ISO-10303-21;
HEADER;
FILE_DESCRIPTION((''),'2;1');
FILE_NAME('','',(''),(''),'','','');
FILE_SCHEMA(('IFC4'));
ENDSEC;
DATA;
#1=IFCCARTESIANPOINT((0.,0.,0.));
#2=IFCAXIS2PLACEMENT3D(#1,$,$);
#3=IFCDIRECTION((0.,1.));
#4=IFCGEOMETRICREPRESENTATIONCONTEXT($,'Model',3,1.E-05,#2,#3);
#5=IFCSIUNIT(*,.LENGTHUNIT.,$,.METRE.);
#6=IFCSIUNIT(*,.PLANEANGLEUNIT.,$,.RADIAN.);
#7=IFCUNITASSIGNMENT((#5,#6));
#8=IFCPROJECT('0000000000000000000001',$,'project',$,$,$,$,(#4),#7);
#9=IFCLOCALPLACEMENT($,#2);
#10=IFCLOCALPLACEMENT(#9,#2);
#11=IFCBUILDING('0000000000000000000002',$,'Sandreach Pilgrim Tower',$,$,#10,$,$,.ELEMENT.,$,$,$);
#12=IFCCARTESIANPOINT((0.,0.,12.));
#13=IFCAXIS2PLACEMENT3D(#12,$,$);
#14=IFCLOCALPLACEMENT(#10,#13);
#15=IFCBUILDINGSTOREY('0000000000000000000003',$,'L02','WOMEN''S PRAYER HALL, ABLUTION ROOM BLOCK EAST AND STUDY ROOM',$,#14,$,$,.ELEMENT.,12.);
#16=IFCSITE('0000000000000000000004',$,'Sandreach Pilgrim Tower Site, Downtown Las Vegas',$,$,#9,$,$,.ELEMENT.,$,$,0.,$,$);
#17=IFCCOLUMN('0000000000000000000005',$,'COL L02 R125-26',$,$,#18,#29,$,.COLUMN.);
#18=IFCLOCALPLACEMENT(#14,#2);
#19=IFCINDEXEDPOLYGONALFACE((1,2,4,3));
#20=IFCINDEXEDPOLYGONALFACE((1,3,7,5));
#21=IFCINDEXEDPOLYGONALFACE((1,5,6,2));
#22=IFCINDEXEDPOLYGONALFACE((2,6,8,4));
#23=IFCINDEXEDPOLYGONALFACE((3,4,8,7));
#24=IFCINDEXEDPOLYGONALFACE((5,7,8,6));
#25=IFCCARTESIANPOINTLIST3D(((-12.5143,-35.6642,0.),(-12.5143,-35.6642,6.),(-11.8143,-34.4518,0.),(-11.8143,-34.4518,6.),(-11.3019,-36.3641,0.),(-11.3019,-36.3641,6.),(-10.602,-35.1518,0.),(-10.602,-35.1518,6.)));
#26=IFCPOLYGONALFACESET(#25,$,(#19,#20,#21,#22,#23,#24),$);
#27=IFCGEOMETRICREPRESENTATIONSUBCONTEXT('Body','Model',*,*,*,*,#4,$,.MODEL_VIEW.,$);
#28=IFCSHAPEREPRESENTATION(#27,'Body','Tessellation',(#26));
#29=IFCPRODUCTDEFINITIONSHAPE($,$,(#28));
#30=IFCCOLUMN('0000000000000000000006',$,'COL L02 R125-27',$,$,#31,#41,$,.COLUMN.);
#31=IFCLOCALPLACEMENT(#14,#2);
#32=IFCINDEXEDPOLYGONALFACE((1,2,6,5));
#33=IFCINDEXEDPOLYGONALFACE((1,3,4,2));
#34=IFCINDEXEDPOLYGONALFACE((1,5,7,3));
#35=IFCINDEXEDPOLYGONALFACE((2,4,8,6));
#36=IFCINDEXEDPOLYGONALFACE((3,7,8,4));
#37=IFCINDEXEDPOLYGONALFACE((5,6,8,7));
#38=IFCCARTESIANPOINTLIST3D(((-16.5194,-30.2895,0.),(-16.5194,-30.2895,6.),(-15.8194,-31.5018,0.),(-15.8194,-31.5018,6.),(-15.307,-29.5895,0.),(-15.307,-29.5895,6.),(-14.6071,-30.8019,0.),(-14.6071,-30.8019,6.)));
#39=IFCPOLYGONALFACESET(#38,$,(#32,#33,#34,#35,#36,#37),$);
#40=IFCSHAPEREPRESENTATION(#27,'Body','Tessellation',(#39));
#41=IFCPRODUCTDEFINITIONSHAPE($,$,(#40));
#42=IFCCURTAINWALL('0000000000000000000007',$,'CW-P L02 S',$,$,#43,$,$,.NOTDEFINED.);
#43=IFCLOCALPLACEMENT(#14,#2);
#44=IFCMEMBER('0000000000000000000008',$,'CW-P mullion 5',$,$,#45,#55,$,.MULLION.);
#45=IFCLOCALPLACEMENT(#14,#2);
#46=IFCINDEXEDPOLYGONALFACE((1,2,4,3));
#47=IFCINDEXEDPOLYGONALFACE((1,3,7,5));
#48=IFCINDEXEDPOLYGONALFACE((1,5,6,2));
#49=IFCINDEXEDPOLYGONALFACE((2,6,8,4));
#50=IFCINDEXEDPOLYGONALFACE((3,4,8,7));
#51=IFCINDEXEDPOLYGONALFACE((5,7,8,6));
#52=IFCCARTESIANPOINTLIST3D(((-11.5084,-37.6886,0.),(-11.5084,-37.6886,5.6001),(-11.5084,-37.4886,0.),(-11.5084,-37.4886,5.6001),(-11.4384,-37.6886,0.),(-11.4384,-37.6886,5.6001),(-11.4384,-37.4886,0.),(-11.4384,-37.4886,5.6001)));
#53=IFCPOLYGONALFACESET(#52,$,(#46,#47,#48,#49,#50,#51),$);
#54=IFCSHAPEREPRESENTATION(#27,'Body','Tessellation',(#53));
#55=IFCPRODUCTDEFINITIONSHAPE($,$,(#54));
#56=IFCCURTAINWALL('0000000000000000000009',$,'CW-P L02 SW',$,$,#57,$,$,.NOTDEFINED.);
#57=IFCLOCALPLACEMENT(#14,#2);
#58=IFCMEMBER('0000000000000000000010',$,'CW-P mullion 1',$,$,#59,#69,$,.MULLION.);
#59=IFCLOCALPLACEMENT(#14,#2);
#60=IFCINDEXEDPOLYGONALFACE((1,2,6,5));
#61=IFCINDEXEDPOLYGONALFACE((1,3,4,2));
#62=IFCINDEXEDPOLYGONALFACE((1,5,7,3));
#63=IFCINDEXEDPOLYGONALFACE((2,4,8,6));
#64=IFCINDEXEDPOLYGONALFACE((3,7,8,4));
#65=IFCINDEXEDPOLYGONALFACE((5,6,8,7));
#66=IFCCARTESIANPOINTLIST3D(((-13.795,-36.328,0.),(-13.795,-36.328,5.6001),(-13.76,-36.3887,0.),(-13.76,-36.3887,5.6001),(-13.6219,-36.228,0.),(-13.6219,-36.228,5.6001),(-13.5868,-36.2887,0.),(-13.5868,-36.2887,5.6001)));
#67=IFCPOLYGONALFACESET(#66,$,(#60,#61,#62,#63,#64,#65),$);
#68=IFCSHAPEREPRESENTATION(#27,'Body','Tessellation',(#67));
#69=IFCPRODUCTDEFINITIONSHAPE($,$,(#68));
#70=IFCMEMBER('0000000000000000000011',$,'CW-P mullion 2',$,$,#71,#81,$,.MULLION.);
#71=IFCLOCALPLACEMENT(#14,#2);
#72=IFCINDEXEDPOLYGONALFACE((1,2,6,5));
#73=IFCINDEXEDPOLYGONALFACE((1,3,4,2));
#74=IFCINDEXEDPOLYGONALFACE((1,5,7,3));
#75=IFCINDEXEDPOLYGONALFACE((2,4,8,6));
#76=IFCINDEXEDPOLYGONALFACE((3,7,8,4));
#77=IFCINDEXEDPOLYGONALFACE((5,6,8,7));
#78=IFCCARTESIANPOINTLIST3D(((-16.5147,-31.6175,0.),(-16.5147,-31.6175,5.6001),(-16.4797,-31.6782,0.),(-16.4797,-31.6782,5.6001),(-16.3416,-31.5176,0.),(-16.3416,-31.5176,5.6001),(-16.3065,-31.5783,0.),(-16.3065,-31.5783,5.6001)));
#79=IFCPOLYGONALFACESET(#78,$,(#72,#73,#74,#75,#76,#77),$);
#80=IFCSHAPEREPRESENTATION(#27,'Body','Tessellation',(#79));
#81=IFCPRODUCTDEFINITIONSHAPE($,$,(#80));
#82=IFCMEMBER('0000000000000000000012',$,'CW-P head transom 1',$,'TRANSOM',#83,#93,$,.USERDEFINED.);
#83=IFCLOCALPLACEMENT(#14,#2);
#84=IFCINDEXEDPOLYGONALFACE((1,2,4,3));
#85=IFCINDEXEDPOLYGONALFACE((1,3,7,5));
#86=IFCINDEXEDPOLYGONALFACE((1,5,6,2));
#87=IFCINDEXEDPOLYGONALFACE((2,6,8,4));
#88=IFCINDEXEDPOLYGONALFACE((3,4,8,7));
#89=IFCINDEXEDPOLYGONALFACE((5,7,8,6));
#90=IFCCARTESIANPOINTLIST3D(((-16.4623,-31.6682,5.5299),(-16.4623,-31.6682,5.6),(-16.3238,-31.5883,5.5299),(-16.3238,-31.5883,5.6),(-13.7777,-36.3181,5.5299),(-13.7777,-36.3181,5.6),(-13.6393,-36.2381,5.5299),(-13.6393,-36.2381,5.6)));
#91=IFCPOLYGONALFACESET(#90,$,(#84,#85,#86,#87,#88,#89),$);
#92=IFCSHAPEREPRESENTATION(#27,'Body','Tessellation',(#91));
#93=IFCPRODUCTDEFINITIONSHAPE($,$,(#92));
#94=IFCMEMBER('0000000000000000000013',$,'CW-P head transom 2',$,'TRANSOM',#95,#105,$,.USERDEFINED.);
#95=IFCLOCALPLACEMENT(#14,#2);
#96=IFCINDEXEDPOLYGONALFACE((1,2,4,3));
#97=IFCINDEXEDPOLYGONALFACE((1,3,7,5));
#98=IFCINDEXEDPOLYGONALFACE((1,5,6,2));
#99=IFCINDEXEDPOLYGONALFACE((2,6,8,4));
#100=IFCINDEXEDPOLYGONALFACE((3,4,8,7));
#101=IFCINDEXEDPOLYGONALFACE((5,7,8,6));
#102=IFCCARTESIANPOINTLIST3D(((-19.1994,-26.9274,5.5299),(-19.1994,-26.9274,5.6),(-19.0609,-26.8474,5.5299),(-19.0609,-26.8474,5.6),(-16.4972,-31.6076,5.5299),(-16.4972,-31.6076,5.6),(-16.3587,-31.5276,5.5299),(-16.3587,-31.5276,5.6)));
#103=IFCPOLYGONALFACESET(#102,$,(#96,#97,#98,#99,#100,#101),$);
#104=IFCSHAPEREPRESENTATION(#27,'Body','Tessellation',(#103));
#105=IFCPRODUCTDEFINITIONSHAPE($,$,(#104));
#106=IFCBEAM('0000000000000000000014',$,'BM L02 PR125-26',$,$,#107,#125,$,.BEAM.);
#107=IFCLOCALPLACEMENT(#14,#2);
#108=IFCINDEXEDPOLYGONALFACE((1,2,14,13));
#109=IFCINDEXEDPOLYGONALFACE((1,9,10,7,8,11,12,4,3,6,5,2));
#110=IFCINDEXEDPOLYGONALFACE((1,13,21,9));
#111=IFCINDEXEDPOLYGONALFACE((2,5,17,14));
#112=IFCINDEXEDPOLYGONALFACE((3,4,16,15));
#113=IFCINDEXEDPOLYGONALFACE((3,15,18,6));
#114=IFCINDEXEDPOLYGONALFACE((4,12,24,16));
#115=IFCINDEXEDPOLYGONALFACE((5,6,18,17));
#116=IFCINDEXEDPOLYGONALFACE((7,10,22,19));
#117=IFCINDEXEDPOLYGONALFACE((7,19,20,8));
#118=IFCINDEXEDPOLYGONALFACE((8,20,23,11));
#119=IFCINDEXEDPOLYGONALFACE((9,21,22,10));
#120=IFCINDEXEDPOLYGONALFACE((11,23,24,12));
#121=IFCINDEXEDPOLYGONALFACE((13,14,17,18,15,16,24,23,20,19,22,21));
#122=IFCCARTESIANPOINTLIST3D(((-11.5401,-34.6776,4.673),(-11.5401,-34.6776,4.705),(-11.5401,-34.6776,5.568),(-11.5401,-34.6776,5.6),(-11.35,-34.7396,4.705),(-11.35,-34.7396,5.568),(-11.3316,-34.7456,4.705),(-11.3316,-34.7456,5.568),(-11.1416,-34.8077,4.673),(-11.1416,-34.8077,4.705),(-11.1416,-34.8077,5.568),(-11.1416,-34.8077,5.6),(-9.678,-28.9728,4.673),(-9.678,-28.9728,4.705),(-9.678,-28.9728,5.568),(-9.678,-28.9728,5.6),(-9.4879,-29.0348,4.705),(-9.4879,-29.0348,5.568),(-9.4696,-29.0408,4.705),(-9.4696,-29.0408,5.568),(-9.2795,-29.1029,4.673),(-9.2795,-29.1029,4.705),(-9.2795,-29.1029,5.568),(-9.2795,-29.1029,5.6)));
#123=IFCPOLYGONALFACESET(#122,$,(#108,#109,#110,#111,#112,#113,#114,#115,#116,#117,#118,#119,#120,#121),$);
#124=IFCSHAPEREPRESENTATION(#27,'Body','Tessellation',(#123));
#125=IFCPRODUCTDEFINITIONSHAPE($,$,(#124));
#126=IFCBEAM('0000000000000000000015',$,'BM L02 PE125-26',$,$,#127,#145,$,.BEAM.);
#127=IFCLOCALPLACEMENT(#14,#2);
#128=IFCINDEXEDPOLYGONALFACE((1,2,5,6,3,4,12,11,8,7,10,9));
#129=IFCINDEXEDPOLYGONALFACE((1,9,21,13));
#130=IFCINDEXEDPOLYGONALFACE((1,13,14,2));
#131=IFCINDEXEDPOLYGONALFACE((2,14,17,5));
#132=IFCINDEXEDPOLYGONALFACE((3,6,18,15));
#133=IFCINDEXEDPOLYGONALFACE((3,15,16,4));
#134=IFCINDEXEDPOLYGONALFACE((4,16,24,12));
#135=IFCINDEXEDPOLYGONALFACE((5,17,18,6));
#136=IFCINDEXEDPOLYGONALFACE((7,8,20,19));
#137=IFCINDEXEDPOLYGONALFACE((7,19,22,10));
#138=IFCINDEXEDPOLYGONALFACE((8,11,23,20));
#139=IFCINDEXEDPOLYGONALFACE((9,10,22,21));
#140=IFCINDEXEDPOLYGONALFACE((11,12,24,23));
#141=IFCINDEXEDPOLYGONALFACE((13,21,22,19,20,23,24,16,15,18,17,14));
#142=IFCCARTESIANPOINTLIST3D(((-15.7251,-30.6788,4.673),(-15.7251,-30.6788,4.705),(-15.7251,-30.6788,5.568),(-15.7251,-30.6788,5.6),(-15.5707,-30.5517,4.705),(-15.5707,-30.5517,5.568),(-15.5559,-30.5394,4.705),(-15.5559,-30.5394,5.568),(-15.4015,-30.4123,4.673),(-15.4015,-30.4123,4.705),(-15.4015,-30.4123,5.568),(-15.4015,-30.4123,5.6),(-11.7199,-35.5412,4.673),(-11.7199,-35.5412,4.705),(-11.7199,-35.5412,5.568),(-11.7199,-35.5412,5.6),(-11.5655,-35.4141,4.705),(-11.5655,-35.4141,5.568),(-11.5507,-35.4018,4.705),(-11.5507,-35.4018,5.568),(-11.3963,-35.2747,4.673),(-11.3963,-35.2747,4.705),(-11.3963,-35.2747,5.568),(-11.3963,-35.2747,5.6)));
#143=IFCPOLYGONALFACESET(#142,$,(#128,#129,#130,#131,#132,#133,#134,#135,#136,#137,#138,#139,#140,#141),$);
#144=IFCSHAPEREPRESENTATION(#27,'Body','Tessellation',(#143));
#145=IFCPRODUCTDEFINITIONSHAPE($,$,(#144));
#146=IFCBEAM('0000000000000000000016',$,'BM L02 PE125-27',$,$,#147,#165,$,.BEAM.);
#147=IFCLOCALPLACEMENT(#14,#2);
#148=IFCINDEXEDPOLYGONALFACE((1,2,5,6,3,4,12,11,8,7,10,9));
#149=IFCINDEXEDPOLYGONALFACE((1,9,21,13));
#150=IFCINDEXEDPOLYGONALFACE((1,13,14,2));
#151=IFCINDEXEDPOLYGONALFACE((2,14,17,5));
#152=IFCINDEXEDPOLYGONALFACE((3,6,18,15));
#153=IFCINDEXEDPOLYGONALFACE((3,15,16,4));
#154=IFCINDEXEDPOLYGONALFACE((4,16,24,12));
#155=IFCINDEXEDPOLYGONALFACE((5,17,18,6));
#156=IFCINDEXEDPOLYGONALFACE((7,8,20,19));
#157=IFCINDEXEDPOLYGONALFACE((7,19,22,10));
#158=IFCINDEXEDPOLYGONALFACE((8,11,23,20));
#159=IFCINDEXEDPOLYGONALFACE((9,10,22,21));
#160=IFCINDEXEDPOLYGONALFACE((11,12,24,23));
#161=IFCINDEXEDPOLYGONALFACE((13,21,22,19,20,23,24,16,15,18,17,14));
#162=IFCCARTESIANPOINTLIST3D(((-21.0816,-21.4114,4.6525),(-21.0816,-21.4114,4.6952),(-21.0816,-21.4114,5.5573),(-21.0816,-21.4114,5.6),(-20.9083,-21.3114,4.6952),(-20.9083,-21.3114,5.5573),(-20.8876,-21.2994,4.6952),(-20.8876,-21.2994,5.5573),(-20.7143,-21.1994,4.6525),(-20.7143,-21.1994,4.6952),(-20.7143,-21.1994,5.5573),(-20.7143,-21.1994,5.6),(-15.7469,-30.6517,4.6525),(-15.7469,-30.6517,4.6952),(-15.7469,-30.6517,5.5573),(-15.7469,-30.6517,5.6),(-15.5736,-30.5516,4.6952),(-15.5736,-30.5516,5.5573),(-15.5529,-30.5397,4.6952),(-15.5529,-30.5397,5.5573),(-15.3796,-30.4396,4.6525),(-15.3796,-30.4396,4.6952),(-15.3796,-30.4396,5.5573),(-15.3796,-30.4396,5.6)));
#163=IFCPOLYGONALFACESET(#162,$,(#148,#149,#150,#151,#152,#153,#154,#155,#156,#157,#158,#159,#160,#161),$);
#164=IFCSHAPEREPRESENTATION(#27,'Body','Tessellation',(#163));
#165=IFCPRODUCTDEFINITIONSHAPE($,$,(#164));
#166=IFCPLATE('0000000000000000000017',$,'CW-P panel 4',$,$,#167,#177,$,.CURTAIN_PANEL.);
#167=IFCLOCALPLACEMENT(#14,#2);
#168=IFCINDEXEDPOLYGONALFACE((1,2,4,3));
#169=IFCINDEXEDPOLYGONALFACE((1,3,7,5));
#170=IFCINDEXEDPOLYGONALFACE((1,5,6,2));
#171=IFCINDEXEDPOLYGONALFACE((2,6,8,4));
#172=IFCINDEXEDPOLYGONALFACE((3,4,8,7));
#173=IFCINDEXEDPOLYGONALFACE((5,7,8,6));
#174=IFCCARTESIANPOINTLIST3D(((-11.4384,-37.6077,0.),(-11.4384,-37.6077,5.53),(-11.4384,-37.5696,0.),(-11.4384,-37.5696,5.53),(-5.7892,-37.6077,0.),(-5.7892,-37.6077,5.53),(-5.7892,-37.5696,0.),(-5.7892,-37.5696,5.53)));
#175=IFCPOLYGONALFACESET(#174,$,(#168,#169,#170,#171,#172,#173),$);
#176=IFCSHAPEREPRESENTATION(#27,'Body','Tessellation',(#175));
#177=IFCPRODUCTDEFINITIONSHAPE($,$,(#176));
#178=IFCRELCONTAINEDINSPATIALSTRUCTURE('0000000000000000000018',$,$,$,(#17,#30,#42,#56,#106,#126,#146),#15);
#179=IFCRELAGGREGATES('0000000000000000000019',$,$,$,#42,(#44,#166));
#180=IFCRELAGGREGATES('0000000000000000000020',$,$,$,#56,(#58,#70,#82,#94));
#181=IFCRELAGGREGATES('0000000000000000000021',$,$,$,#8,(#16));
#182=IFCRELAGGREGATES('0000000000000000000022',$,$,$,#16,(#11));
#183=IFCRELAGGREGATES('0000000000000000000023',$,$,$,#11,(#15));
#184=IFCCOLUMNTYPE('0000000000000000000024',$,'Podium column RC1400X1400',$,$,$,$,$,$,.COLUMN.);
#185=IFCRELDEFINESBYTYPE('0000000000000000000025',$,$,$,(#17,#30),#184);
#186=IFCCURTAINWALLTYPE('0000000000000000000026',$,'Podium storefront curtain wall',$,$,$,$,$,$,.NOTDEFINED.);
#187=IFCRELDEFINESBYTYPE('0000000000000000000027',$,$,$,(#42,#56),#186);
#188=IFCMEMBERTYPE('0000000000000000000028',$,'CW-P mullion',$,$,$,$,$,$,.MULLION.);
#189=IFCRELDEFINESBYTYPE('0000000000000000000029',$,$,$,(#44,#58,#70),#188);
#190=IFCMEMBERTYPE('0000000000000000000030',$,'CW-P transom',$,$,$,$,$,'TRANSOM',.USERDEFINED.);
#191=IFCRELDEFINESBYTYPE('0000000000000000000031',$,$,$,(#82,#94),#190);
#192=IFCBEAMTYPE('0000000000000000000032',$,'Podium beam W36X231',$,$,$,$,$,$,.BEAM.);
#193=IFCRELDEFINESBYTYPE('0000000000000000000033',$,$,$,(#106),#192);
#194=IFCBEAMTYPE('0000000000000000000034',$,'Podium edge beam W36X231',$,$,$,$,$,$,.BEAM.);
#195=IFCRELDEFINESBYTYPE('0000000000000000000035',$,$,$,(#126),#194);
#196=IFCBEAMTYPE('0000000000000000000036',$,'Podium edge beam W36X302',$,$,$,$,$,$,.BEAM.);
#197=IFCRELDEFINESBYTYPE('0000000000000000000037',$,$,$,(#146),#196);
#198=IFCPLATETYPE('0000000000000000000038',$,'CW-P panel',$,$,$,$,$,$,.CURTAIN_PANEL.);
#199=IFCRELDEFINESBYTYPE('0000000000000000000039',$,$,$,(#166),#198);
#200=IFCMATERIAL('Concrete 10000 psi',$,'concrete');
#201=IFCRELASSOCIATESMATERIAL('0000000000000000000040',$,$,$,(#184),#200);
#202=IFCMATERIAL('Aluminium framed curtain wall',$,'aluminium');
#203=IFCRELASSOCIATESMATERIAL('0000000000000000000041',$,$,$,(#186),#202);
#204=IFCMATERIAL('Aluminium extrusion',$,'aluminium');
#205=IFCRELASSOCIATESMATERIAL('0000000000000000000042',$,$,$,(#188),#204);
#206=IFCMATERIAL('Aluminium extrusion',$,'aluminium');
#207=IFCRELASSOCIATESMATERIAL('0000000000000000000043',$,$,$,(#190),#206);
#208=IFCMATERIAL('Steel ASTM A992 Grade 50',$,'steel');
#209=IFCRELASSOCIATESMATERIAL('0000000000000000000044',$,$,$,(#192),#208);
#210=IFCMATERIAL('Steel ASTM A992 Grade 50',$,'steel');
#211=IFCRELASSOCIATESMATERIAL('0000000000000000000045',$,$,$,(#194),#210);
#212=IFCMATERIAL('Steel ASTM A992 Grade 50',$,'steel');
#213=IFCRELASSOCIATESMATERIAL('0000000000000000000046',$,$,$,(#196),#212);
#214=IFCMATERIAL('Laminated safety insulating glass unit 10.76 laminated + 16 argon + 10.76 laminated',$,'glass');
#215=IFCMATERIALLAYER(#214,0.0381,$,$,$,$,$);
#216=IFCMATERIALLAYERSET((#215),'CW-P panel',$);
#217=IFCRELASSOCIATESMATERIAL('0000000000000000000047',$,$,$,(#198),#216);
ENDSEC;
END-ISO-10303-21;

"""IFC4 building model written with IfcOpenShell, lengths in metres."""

from ifc_helpers import new_model, si_unit, direction, frame, origin, origin_2d, place, context, subcontext, project, spatial, rectangle, i_section, extrude, material, layer, layer_set, material_profile, profile_set, type_object, element, aggregate, save


model = new_model("IFC4")

# Units and contexts
model_context = context("Model", 3, precision=1e-05, world=origin(), true_north=direction((0.0, 1.0)))
body_context = subcontext(model_context, "Body", "Model", "MODEL_VIEW")
ifc_project = project(units=[si_unit("LENGTHUNIT", "METRE"), si_unit("PLANEANGLEUNIT", "RADIAN")], contexts=[model_context])

# Site, building, storey
site_placement = place(None, origin())
site = spatial("IfcSite", under=ifc_project, at=site_placement, Name="Sandreach Pilgrim Tower Site, Downtown Las Vegas", CompositionType="ELEMENT", RefElevation=0.0)
building_placement = place(site_placement, origin())
building = spatial("IfcBuilding", under=site, at=building_placement, Name="Sandreach Pilgrim Tower", CompositionType="ELEMENT")
storey_placement = place(building_placement, frame((0.0, 0.0, 12.0)))
storey = spatial("IfcBuildingStorey", under=building, at=storey_placement, Name="L02", Description="WOMEN'S PRAYER HALL, ABLUTION ROOM BLOCK EAST AND STUDY ROOM", CompositionType="ELEMENT", Elevation=12.0)

# Columns
ifc_material_1 = material(Name="Concrete 10000 psi", Category="concrete")
ifc_material_profile_1 = material_profile(ifc_material_1, rectangle(XDim=1.3999, YDim=1.3999, at=origin_2d()), Name="RC1400X1400")
ifc_profile_set_1 = profile_set([ifc_material_profile_1], Name="Concrete 10000 psi")
column_type = type_object("IfcColumnType", Name="Podium column RC1400X1400", PredefinedType="COLUMN", material=ifc_profile_set_1)
for number, where, z_axis, x_axis, name in (
    (1, (-11.5581, -35.408, 0.0), (0.0, 0.0, 1.0), (-0.5, -0.866025, 0.0), "COL L02 R125-26"),
    (2, (-15.5632, -30.5457, 0.0), (0.0, 0.0, 1.0), (-0.866025, -0.5, 0.0), "COL L02 R125-27"),
):
    element("IfcColumn", number, at=place(storey_placement, frame(where, z_axis=z_axis, x_axis=x_axis)), inside=storey, type_object=column_type, Name=name, PredefinedType="COLUMN", context=body_context, shape_type="SweptSolid", body=[
        extrude(rectangle(XDim=1.3999, YDim=1.3999, at=origin_2d()), origin(), (0.0, 0.0, 1.0), 6.0),
    ])

# Curtain wall, member
ifc_material_2 = material(Name="Aluminium framed curtain wall", Category="aluminium")
curtain_wall_type = type_object("IfcCurtainWallType", Name="Podium storefront curtain wall", PredefinedType="NOTDEFINED", material=ifc_material_2)
curtain_wall_1_placement = place(storey_placement, origin())
curtain_wall_1 = element("IfcCurtainWall", 3, at=curtain_wall_1_placement, inside=storey, type_object=curtain_wall_type, Name="CW-P L02 S", PredefinedType="NOTDEFINED")
ifc_material_3 = material(Name="Aluminium extrusion", Category="aluminium")
ifc_material_profile_2 = material_profile(ifc_material_3, rectangle(XDim=0.0701, YDim=0.2, at=origin_2d()), Name="CW-PM 70X200")
ifc_profile_set_2 = profile_set([ifc_material_profile_2], Name="Aluminium extrusion")
member_type_1 = type_object("IfcMemberType", Name="CW-P mullion", PredefinedType="MULLION", material=ifc_profile_set_2)
member_1_placement = place(storey_placement, frame((-11.4734, -37.5886, 0.0), z_axis=(0.0, 0.0, 1.0), x_axis=(-1.0, 0.0, 0.0)))
member_1 = element("IfcMember", 4, at=member_1_placement, type_object=member_type_1, Name="CW-P mullion 5", PredefinedType="MULLION", context=body_context, shape_type="SweptSolid", body=[
    extrude(rectangle(XDim=0.0701, YDim=0.2, at=origin_2d()), origin(), (0.0, 0.0, 1.0), 5.6001),
])

# Curtain wall, members
curtain_wall_2_placement = place(storey_placement, origin())
curtain_wall_2 = element("IfcCurtainWall", 5, at=curtain_wall_2_placement, inside=storey, type_object=curtain_wall_type, Name="CW-P L02 SW", PredefinedType="NOTDEFINED")
member_2_placement = place(storey_placement, frame((-13.6909, -36.3083, 0.0), z_axis=(0.0, 0.0, 1.0), x_axis=(-0.5, 0.866025, 0.0)))
member_2 = element("IfcMember", 6, at=member_2_placement, type_object=member_type_1, Name="CW-P mullion 1", PredefinedType="MULLION", context=body_context, shape_type="SweptSolid", body=[
    extrude(rectangle(XDim=0.0701, YDim=0.2, at=origin_2d()), origin(), (0.0, 0.0, 1.0), 5.6001),
])
member_3_placement = place(storey_placement, frame((-16.4106, -31.5979, 0.0), z_axis=(0.0, 0.0, 1.0), x_axis=(-0.5, 0.866025, 0.0)))
member_3 = element("IfcMember", 7, at=member_3_placement, type_object=member_type_1, Name="CW-P mullion 2", PredefinedType="MULLION", context=body_context, shape_type="SweptSolid", body=[
    extrude(rectangle(XDim=0.0701, YDim=0.2, at=origin_2d()), origin(), (0.0, 0.0, 1.0), 5.6001),
])
ifc_material_4 = material(Name="Aluminium extrusion", Category="aluminium")
ifc_material_profile_3 = material_profile(ifc_material_4, rectangle(XDim=0.1599, YDim=0.0701, at=origin_2d()), Name="CW-PT 160X70")
ifc_profile_set_3 = profile_set([ifc_material_profile_3], Name="Aluminium extrusion")
member_type_2 = type_object("IfcMemberType", Name="CW-P transom", ElementType="TRANSOM", PredefinedType="USERDEFINED", material=ifc_profile_set_3)
member_4_placement = place(storey_placement, frame((-13.7085, -36.2781, 5.5649), z_axis=(-0.499993, 0.86603, 0.0), x_axis=(-0.86603, -0.499993, 0.0)))
member_4 = element("IfcMember", 8, at=member_4_placement, type_object=member_type_2, Name="CW-P head transom 1", ObjectType="TRANSOM", PredefinedType="USERDEFINED", context=body_context, shape_type="SweptSolid", body=[
    extrude(rectangle(XDim=0.1599, YDim=0.0701, at=origin_2d()), origin(), (0.0, 0.0, 1.0), 5.3691),
])
member_5_placement = place(storey_placement, frame((-16.428, -31.5676, 5.5649), z_axis=(-0.500007, 0.866022, 0.0), x_axis=(-0.866022, -0.500007, 0.0)))
member_5 = element("IfcMember", 9, at=member_5_placement, type_object=member_type_2, Name="CW-P head transom 2", ObjectType="TRANSOM", PredefinedType="USERDEFINED", context=body_context, shape_type="SweptSolid", body=[
    extrude(rectangle(XDim=0.1599, YDim=0.0701, at=origin_2d()), origin(), (0.0, 0.0, 1.0), 5.4043),
])

# Beams
ifc_material_5 = material(Name="Steel ASTM A992 Grade 50", Category="steel")
ifc_material_profile_4 = material_profile(ifc_material_5, i_section(OverallWidth=0.4192, OverallDepth=0.927, WebThickness=0.0193, FlangeThickness=0.032, at=origin_2d()), Name="W36X231")
ifc_profile_set_4 = profile_set([ifc_material_profile_4], Name="Steel ASTM A992 Grade 50")
beam_type_1 = type_object("IfcBeamType", Name="Podium beam W36X231", PredefinedType="BEAM", material=ifc_profile_set_4)
beam_1_placement = place(storey_placement, frame((-9.4788, -29.0378, 5.1365), z_axis=(-0.31029, -0.950642, 0.0), x_axis=(0.950642, -0.31029, 0.0)))
element("IfcBeam", 10, at=beam_1_placement, inside=storey, type_object=beam_type_1, Name="BM L02 PR125-26", PredefinedType="BEAM", context=body_context, shape_type="SweptSolid", body=[
    extrude(i_section(OverallWidth=0.4192, OverallDepth=0.927, WebThickness=0.0193, FlangeThickness=0.032, at=origin_2d()), origin(), (0.0, 0.0, 1.0), 6.001),
])
ifc_material_6 = material(Name="Steel ASTM A992 Grade 50", Category="steel")
ifc_material_profile_5 = material_profile(ifc_material_6, i_section(OverallWidth=0.4192, OverallDepth=0.927, WebThickness=0.0193, FlangeThickness=0.032, at=origin_2d()), Name="W36X231")
ifc_profile_set_5 = profile_set([ifc_material_profile_5], Name="Steel ASTM A992 Grade 50")
beam_type_2 = type_object("IfcBeamType", Name="Podium edge beam W36X231", PredefinedType="BEAM", material=ifc_profile_set_5)
beam_2_placement = place(storey_placement, frame((-11.5581, -35.408, 5.1365), z_axis=(-0.63579, 0.771862, 0.0), x_axis=(-0.771862, -0.63579, 0.0)))
element("IfcBeam", 11, at=beam_2_placement, inside=storey, type_object=beam_type_2, Name="BM L02 PE125-26", PredefinedType="BEAM", context=body_context, shape_type="SweptSolid", body=[
    extrude(i_section(OverallWidth=0.4192, OverallDepth=0.927, WebThickness=0.0193, FlangeThickness=0.032, at=origin_2d()), origin(), (0.0, 0.0, 1.0), 6.2996),
])
ifc_material_7 = material(Name="Steel ASTM A992 Grade 50", Category="steel")
ifc_material_profile_6 = material_profile(ifc_material_7, i_section(OverallWidth=0.4241, OverallDepth=0.9475, WebThickness=0.0239, FlangeThickness=0.0427, at=origin_2d()), Name="W36X302")
ifc_profile_set_6 = profile_set([ifc_material_profile_6], Name="Steel ASTM A992 Grade 50")
beam_type_3 = type_object("IfcBeamType", Name="Podium edge beam W36X302", PredefinedType="BEAM", material=ifc_profile_set_6)
beam_3_placement = place(storey_placement, frame((-15.5632, -30.5457, 5.1262), z_axis=(-0.499991, 0.866031, 0.0), x_axis=(-0.866031, -0.499991, 0.0)))
element("IfcBeam", 12, at=beam_3_placement, inside=storey, type_object=beam_type_3, Name="BM L02 PE125-27", PredefinedType="BEAM", context=body_context, shape_type="SweptSolid", body=[
    extrude(i_section(OverallWidth=0.4241, OverallDepth=0.9475, WebThickness=0.0239, FlangeThickness=0.0427, at=origin_2d()), origin(), (0.0, 0.0, 1.0), 10.6697),
])

# Plate
ifc_material_8 = material(Name="Laminated safety insulating glass unit 10.76 laminated + 16 argon + 10.76 laminated", Category="glass")
ifc_layer_1 = layer(ifc_material_8, 0.0381)
ifc_layer_set_1 = layer_set([ifc_layer_1], Name="CW-P panel")
plate_type = type_object("IfcPlateType", Name="CW-P panel", PredefinedType="CURTAIN_PANEL", material=ifc_layer_set_1)
plate_1_placement = place(storey_placement, frame((-8.6138, -37.5886, 0.0), z_axis=(0.0, 0.0, 1.0), x_axis=(-1.0, 0.0, 0.0)))
plate_1 = element("IfcPlate", 13, at=plate_1_placement, type_object=plate_type, Name="CW-P panel 4", PredefinedType="CURTAIN_PANEL", context=body_context, shape_type="SweptSolid", body=[
    extrude(rectangle(XDim=5.6492, YDim=0.0381, at=origin_2d()), origin(), (0.0, 0.0, 1.0), 5.53),
])
aggregate(curtain_wall_1, [member_1, plate_1])
aggregate(curtain_wall_2, [member_2, member_3, member_4, member_5])

save(model, "model.ifc")
